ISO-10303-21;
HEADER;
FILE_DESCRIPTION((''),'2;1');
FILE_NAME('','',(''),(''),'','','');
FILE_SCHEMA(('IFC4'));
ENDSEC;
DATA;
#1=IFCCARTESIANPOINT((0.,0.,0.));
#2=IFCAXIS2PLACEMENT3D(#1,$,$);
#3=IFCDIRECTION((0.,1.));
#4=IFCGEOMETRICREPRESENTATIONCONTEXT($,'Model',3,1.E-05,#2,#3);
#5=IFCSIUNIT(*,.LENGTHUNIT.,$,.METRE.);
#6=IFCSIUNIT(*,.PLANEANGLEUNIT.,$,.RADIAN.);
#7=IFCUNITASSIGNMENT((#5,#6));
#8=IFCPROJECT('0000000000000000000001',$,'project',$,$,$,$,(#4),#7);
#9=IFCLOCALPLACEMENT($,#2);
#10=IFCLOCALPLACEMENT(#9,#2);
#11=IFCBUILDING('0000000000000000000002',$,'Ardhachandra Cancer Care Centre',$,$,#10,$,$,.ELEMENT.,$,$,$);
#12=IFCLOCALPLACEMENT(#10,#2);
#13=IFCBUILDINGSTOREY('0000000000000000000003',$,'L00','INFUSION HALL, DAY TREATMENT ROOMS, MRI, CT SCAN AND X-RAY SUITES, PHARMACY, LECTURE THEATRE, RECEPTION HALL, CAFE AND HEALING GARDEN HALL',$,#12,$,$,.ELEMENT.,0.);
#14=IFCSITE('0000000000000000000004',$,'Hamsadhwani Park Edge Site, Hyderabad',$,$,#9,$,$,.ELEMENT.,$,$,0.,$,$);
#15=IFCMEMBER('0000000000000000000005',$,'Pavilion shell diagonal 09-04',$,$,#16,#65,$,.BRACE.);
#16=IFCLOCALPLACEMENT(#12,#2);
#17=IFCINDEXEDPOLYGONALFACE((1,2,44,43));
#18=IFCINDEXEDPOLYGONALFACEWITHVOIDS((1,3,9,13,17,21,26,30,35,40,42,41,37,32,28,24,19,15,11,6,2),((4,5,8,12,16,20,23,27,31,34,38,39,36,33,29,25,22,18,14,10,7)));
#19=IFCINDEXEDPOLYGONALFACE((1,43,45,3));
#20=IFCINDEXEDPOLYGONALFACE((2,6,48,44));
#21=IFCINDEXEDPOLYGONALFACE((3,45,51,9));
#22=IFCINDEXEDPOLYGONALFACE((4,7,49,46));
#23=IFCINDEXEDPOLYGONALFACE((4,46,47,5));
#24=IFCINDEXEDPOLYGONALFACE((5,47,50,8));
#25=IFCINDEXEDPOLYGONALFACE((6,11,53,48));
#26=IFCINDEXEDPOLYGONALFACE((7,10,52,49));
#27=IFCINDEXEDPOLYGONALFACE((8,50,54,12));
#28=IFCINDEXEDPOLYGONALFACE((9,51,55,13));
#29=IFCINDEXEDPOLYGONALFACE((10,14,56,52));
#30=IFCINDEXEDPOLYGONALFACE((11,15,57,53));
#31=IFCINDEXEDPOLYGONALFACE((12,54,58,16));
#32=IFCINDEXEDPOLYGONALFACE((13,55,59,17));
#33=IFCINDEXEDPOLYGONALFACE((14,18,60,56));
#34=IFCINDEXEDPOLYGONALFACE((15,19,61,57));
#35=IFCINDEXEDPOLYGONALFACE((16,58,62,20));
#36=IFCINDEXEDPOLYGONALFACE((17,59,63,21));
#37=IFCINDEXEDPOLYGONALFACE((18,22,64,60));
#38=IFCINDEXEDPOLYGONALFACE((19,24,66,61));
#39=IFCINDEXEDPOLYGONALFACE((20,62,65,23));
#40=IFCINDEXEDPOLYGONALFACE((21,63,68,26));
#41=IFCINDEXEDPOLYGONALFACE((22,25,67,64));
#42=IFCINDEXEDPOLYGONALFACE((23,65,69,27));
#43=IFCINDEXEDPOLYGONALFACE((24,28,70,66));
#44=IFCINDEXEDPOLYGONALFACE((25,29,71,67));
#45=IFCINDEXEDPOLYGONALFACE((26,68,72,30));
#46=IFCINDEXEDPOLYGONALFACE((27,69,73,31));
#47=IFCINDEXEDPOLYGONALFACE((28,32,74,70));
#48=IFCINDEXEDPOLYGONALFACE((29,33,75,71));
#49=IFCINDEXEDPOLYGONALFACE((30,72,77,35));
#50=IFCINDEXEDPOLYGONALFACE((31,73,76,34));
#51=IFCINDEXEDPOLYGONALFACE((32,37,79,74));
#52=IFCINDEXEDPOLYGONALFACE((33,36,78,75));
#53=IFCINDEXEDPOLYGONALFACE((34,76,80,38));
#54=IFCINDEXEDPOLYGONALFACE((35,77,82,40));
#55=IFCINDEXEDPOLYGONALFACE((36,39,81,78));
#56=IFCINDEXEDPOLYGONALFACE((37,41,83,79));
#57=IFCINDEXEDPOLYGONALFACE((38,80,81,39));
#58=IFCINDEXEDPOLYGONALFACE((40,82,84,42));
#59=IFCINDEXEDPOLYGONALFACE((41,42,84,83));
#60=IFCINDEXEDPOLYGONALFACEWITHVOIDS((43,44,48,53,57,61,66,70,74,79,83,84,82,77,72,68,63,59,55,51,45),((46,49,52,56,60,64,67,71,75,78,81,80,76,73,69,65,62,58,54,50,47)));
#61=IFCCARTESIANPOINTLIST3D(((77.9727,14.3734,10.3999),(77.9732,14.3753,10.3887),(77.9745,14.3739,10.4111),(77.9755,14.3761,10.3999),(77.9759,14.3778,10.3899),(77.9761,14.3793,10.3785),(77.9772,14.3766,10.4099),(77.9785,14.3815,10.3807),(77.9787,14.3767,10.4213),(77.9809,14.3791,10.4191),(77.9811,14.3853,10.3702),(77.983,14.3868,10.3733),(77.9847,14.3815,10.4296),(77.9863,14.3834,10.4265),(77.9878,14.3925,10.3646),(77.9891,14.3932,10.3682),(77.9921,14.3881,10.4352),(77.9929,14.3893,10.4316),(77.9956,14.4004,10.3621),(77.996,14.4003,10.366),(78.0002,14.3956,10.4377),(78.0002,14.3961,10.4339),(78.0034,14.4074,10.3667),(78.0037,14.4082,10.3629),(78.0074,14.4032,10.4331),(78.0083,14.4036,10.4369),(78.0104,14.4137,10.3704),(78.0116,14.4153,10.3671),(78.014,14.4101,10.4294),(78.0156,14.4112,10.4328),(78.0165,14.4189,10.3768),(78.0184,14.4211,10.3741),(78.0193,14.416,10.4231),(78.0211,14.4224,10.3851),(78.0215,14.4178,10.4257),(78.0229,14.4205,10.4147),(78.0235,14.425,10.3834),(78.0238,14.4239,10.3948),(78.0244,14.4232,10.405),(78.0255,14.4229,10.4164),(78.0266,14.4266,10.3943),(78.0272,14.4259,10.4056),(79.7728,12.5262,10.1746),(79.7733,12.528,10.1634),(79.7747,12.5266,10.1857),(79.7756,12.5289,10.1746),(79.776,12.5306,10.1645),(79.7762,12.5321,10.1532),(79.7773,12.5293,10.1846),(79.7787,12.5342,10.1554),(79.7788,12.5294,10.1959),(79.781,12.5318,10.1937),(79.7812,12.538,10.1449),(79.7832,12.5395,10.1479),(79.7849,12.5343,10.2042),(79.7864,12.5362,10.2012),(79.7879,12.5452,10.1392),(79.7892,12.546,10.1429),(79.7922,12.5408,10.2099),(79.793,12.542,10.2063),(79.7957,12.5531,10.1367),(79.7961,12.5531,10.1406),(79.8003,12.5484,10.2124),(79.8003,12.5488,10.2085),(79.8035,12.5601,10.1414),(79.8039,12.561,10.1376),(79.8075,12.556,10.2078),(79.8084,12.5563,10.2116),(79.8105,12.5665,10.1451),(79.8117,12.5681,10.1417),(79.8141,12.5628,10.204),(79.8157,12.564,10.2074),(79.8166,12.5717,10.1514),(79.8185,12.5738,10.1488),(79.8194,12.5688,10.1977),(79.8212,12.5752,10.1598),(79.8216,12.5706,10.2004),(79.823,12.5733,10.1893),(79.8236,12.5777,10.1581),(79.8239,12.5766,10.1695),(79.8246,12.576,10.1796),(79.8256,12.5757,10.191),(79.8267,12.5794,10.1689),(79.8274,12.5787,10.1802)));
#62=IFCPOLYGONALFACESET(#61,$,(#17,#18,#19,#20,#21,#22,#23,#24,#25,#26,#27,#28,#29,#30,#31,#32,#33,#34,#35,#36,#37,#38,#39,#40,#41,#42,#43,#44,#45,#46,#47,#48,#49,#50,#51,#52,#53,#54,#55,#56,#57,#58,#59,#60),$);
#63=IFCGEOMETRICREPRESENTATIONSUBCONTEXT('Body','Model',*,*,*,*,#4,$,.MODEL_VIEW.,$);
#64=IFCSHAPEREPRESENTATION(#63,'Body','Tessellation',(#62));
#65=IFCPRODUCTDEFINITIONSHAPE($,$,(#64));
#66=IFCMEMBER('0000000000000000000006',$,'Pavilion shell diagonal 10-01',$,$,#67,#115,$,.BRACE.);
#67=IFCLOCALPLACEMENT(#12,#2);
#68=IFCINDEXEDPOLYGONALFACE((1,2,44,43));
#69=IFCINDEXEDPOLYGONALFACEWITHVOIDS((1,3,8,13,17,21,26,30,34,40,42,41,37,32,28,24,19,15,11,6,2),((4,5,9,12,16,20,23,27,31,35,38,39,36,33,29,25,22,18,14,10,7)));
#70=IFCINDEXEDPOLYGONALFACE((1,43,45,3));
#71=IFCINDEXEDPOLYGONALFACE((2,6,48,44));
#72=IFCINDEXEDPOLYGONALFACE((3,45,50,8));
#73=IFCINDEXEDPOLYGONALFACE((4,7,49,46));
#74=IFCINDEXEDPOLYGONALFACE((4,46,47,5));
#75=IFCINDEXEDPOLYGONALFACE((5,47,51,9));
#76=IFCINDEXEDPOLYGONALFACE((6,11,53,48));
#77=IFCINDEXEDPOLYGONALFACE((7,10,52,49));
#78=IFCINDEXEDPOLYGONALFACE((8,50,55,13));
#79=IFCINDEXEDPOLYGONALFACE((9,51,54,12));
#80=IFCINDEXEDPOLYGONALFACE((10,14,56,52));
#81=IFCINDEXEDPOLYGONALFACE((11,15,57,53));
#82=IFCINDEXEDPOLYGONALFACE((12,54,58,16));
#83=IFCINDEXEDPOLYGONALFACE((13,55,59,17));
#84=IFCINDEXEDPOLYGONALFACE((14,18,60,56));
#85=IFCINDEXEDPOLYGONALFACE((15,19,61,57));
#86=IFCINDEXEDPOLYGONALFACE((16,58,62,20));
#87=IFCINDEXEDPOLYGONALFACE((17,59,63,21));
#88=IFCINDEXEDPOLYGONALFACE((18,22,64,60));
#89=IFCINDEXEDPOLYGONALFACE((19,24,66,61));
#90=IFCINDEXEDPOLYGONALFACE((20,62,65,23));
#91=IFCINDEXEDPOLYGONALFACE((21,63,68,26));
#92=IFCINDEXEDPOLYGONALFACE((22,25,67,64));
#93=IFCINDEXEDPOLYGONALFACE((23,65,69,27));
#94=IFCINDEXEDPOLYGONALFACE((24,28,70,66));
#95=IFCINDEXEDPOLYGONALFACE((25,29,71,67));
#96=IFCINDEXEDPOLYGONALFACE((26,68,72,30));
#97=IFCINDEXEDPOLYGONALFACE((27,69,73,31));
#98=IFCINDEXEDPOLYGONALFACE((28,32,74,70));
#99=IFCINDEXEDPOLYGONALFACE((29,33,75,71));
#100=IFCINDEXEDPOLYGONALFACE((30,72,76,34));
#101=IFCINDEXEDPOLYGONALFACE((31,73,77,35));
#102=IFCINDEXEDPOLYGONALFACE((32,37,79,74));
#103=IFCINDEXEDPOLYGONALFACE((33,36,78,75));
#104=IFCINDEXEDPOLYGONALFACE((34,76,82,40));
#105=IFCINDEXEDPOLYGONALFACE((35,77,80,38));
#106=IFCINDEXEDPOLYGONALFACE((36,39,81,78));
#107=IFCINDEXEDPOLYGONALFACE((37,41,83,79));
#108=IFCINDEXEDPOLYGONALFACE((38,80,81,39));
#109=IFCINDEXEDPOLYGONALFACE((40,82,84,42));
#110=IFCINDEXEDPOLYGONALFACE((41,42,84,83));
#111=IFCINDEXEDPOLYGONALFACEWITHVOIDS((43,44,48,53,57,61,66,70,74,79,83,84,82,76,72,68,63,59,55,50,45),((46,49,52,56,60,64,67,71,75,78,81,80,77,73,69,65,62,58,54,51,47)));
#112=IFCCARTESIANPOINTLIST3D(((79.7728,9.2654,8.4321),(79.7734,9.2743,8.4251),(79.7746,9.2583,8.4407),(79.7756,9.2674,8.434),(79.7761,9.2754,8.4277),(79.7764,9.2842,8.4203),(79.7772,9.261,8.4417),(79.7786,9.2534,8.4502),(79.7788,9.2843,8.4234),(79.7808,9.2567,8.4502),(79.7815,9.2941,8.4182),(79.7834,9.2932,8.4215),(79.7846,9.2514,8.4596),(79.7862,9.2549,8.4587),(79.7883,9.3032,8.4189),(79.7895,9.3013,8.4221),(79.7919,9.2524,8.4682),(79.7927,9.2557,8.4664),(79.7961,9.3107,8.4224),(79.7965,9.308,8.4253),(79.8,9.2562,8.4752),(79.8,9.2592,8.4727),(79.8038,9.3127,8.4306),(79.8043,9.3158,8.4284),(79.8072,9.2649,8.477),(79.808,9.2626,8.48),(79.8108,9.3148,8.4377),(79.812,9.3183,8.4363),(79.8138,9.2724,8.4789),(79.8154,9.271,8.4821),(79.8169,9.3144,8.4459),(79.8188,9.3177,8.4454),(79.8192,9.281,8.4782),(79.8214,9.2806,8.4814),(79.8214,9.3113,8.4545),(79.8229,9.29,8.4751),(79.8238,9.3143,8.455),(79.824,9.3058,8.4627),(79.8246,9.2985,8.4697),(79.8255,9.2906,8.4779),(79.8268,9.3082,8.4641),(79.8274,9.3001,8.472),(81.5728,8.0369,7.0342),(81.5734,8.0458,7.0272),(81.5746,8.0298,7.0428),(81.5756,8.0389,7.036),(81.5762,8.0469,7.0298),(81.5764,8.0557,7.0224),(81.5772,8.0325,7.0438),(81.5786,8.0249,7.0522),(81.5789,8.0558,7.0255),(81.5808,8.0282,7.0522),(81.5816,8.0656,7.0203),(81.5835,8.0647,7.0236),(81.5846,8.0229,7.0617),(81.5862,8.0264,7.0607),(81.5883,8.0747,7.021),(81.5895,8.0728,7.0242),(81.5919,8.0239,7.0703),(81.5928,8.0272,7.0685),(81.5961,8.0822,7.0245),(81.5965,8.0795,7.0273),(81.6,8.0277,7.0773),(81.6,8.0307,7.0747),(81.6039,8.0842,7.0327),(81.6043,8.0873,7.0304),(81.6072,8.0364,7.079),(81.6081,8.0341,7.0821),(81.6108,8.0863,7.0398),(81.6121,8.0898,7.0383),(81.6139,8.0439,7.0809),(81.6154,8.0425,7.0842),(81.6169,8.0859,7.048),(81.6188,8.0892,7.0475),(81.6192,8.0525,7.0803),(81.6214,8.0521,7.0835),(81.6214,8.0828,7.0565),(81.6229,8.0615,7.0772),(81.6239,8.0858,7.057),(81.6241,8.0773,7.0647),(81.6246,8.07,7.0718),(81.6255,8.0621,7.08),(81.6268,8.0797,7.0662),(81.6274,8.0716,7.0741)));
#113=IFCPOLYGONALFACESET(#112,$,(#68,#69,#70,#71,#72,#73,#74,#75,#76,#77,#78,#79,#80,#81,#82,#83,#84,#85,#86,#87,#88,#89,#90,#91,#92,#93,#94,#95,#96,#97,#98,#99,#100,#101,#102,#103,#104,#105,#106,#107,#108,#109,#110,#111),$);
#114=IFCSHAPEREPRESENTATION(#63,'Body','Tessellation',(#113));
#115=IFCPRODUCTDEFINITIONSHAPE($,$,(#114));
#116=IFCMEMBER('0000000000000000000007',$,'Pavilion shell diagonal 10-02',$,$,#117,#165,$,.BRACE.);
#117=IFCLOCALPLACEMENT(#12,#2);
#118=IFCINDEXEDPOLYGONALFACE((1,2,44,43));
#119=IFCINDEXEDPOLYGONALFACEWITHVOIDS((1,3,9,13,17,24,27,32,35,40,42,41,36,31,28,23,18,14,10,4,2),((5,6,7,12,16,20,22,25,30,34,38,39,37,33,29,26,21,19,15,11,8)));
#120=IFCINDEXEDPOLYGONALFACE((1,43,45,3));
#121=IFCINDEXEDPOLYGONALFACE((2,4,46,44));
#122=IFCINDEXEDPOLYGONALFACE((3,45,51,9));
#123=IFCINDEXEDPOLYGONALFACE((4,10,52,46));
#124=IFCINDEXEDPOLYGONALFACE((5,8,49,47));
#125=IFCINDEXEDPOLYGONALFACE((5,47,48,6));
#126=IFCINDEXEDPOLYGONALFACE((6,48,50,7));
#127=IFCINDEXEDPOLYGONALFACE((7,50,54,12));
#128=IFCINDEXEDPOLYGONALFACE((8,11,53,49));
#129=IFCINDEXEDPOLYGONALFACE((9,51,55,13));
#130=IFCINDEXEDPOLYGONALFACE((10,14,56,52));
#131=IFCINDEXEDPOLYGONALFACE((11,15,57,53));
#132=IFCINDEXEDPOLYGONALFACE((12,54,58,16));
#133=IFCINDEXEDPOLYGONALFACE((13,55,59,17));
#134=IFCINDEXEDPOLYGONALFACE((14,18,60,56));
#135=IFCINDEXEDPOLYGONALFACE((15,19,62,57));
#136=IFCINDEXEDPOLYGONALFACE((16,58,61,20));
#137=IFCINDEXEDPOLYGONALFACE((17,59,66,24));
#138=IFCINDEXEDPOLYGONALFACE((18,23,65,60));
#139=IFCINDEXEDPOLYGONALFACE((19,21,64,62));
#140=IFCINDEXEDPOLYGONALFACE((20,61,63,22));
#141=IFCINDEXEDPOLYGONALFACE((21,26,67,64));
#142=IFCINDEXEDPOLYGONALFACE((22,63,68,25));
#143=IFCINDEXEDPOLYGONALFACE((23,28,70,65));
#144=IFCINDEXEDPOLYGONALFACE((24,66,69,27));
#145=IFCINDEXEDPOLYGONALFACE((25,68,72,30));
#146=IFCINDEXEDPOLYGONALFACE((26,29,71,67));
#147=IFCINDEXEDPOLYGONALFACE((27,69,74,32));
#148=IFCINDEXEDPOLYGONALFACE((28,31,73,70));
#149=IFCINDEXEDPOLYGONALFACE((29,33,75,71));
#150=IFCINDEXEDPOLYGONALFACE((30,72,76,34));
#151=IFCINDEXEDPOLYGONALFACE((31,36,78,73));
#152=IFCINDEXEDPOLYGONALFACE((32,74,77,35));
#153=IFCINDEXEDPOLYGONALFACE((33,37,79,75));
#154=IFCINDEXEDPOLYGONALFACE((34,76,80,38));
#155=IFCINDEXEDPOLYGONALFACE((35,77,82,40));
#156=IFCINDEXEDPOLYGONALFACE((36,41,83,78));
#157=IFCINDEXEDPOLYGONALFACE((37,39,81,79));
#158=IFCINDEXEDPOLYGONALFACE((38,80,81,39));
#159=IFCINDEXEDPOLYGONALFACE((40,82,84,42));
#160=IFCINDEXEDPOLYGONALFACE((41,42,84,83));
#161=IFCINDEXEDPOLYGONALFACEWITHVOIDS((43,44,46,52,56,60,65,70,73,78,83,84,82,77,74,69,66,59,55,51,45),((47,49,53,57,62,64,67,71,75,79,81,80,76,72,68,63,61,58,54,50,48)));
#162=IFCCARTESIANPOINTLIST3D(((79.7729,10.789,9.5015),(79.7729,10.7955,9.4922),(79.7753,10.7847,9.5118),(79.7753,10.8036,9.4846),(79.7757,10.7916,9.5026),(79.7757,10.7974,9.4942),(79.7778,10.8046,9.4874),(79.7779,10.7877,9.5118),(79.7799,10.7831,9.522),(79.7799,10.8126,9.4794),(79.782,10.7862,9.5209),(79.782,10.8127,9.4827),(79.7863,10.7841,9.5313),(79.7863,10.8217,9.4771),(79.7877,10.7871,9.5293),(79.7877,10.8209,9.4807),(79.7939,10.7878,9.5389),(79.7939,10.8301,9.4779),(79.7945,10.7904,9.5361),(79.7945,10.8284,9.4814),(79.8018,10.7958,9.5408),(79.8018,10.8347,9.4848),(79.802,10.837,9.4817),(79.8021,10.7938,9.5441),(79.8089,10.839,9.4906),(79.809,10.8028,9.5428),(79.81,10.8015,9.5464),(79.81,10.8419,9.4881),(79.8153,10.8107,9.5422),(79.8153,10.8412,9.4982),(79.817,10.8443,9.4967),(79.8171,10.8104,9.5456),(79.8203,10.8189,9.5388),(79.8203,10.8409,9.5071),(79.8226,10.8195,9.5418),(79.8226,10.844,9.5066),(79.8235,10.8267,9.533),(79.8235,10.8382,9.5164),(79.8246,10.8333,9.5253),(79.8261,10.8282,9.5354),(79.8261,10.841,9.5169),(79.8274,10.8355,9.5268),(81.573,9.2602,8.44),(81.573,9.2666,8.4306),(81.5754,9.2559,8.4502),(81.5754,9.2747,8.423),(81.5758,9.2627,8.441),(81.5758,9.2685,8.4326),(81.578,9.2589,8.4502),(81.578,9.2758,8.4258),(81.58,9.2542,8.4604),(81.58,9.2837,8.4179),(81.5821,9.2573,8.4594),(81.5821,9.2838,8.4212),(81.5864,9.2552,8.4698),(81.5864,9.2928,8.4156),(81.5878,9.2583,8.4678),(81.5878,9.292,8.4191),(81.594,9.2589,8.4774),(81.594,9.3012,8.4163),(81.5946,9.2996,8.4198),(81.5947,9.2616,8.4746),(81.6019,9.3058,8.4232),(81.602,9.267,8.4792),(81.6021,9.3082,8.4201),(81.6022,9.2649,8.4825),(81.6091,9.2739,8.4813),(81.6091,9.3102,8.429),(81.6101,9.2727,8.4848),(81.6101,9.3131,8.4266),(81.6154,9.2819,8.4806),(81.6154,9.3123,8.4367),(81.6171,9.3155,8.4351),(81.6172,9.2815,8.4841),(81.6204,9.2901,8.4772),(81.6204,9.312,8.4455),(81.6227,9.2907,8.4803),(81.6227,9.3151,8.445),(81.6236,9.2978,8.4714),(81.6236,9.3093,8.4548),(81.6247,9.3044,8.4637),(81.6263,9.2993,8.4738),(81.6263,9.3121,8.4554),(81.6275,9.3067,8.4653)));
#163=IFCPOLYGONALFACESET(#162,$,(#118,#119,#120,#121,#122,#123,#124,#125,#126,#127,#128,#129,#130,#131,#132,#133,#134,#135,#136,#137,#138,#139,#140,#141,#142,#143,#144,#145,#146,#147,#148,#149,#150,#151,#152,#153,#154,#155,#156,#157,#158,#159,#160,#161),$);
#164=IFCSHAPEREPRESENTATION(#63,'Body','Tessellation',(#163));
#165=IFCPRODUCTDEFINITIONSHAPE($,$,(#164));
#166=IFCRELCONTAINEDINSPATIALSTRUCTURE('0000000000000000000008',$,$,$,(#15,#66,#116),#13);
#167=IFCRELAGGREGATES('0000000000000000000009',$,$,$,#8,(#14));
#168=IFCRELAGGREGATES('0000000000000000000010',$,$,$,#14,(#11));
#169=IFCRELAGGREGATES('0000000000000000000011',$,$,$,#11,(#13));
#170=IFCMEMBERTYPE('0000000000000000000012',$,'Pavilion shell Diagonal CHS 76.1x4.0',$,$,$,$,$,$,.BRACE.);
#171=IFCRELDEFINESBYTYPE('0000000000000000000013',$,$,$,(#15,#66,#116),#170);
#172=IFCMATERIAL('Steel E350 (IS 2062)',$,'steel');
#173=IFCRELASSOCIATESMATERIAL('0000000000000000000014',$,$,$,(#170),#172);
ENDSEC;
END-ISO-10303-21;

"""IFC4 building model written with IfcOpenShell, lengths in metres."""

from ifc_helpers import new_model, si_unit, direction, frame, origin, origin_2d, place, context, subcontext, project, spatial, hollow_circle, extrude, material, material_profile, profile_set, type_object, element, save


model = new_model("IFC4")

# Units and contexts
model_context = context("Model", 3, precision=1e-05, world=origin(), true_north=direction((0.0, 1.0)))
body_context = subcontext(model_context, "Body", "Model", "MODEL_VIEW")
ifc_project = project(units=[si_unit("LENGTHUNIT", "METRE"), si_unit("PLANEANGLEUNIT", "RADIAN")], contexts=[model_context])

# Site, building, storey
site_placement = place(None, origin())
site = spatial("IfcSite", under=ifc_project, at=site_placement, Name="Hamsadhwani Park Edge Site, Hyderabad", CompositionType="ELEMENT", RefElevation=0.0)
building_placement = place(site_placement, origin())
building = spatial("IfcBuilding", under=site, at=building_placement, Name="Ardhachandra Cancer Care Centre", CompositionType="ELEMENT")
storey_placement = place(building_placement, origin())
storey = spatial("IfcBuildingStorey", under=building, at=storey_placement, Name="L00", Description="INFUSION HALL, DAY TREATMENT ROOMS, MRI, CT SCAN AND X-RAY SUITES, PHARMACY, LECTURE THEATRE, RECEPTION HALL, CAFE AND HEALING GARDEN HALL", CompositionType="ELEMENT", Elevation=0.0)

# Members
ifc_material_1 = material(Name="Steel E350 (IS 2062)", Category="steel")
ifc_material_profile_1 = material_profile(ifc_material_1, hollow_circle(Radius=0.0381, WallThickness=0.0039, at=origin_2d()), Name="CHS 76.1x4.0")
ifc_profile_set_1 = profile_set([ifc_material_profile_1], Name="Steel E350 (IS 2062)")
member_type_1 = type_object("IfcMemberType", Name="Pavilion shell Diagonal CHS 76.1x4.0", PredefinedType="BRACE", material=ifc_profile_set_1)
for number, where, z_axis, x_axis, name in (
    (1, (79.8, 12.5527, 10.1746), (-0.695265, 0.713464, 0.087038), (-0.716182, -0.697913, 0.0), "Pavilion shell diagonal 09-04"),
    (2, (81.6001, 8.0564, 7.0522), (-0.695228, 0.474486, 0.539926), (-0.563716, -0.825969, 0.0), "Pavilion shell diagonal 10-01"),
):
    element("IfcMember", number, at=place(storey_placement, frame(where, z_axis=z_axis, x_axis=x_axis)), inside=storey, type_object=member_type_1, Name=name, PredefinedType="BRACE", context=body_context, shape_type="SweptSolid", body=[
        extrude(hollow_circle(Radius=0.0381, WallThickness=0.0039, at=origin_2d()), origin(), (0.0, 0.0, 1.0), 2.5891),
    ])
member_1_placement = place(storey_placement, frame((81.6001, 9.2849, 8.4502), z_axis=(-0.695198, 0.590442, 0.409972), x_axis=(-0.647345, -0.762197, 0.0)))
element("IfcMember", 3, at=member_1_placement, inside=storey, type_object=member_type_1, Name="Pavilion shell diagonal 10-02", PredefinedType="BRACE", context=body_context, shape_type="SweptSolid", body=[
    extrude(hollow_circle(Radius=0.0381, WallThickness=0.0039, at=origin_2d()), origin(), (0.0, 0.0, 1.0), 2.5894),
])

save(model, "model.ifc")
